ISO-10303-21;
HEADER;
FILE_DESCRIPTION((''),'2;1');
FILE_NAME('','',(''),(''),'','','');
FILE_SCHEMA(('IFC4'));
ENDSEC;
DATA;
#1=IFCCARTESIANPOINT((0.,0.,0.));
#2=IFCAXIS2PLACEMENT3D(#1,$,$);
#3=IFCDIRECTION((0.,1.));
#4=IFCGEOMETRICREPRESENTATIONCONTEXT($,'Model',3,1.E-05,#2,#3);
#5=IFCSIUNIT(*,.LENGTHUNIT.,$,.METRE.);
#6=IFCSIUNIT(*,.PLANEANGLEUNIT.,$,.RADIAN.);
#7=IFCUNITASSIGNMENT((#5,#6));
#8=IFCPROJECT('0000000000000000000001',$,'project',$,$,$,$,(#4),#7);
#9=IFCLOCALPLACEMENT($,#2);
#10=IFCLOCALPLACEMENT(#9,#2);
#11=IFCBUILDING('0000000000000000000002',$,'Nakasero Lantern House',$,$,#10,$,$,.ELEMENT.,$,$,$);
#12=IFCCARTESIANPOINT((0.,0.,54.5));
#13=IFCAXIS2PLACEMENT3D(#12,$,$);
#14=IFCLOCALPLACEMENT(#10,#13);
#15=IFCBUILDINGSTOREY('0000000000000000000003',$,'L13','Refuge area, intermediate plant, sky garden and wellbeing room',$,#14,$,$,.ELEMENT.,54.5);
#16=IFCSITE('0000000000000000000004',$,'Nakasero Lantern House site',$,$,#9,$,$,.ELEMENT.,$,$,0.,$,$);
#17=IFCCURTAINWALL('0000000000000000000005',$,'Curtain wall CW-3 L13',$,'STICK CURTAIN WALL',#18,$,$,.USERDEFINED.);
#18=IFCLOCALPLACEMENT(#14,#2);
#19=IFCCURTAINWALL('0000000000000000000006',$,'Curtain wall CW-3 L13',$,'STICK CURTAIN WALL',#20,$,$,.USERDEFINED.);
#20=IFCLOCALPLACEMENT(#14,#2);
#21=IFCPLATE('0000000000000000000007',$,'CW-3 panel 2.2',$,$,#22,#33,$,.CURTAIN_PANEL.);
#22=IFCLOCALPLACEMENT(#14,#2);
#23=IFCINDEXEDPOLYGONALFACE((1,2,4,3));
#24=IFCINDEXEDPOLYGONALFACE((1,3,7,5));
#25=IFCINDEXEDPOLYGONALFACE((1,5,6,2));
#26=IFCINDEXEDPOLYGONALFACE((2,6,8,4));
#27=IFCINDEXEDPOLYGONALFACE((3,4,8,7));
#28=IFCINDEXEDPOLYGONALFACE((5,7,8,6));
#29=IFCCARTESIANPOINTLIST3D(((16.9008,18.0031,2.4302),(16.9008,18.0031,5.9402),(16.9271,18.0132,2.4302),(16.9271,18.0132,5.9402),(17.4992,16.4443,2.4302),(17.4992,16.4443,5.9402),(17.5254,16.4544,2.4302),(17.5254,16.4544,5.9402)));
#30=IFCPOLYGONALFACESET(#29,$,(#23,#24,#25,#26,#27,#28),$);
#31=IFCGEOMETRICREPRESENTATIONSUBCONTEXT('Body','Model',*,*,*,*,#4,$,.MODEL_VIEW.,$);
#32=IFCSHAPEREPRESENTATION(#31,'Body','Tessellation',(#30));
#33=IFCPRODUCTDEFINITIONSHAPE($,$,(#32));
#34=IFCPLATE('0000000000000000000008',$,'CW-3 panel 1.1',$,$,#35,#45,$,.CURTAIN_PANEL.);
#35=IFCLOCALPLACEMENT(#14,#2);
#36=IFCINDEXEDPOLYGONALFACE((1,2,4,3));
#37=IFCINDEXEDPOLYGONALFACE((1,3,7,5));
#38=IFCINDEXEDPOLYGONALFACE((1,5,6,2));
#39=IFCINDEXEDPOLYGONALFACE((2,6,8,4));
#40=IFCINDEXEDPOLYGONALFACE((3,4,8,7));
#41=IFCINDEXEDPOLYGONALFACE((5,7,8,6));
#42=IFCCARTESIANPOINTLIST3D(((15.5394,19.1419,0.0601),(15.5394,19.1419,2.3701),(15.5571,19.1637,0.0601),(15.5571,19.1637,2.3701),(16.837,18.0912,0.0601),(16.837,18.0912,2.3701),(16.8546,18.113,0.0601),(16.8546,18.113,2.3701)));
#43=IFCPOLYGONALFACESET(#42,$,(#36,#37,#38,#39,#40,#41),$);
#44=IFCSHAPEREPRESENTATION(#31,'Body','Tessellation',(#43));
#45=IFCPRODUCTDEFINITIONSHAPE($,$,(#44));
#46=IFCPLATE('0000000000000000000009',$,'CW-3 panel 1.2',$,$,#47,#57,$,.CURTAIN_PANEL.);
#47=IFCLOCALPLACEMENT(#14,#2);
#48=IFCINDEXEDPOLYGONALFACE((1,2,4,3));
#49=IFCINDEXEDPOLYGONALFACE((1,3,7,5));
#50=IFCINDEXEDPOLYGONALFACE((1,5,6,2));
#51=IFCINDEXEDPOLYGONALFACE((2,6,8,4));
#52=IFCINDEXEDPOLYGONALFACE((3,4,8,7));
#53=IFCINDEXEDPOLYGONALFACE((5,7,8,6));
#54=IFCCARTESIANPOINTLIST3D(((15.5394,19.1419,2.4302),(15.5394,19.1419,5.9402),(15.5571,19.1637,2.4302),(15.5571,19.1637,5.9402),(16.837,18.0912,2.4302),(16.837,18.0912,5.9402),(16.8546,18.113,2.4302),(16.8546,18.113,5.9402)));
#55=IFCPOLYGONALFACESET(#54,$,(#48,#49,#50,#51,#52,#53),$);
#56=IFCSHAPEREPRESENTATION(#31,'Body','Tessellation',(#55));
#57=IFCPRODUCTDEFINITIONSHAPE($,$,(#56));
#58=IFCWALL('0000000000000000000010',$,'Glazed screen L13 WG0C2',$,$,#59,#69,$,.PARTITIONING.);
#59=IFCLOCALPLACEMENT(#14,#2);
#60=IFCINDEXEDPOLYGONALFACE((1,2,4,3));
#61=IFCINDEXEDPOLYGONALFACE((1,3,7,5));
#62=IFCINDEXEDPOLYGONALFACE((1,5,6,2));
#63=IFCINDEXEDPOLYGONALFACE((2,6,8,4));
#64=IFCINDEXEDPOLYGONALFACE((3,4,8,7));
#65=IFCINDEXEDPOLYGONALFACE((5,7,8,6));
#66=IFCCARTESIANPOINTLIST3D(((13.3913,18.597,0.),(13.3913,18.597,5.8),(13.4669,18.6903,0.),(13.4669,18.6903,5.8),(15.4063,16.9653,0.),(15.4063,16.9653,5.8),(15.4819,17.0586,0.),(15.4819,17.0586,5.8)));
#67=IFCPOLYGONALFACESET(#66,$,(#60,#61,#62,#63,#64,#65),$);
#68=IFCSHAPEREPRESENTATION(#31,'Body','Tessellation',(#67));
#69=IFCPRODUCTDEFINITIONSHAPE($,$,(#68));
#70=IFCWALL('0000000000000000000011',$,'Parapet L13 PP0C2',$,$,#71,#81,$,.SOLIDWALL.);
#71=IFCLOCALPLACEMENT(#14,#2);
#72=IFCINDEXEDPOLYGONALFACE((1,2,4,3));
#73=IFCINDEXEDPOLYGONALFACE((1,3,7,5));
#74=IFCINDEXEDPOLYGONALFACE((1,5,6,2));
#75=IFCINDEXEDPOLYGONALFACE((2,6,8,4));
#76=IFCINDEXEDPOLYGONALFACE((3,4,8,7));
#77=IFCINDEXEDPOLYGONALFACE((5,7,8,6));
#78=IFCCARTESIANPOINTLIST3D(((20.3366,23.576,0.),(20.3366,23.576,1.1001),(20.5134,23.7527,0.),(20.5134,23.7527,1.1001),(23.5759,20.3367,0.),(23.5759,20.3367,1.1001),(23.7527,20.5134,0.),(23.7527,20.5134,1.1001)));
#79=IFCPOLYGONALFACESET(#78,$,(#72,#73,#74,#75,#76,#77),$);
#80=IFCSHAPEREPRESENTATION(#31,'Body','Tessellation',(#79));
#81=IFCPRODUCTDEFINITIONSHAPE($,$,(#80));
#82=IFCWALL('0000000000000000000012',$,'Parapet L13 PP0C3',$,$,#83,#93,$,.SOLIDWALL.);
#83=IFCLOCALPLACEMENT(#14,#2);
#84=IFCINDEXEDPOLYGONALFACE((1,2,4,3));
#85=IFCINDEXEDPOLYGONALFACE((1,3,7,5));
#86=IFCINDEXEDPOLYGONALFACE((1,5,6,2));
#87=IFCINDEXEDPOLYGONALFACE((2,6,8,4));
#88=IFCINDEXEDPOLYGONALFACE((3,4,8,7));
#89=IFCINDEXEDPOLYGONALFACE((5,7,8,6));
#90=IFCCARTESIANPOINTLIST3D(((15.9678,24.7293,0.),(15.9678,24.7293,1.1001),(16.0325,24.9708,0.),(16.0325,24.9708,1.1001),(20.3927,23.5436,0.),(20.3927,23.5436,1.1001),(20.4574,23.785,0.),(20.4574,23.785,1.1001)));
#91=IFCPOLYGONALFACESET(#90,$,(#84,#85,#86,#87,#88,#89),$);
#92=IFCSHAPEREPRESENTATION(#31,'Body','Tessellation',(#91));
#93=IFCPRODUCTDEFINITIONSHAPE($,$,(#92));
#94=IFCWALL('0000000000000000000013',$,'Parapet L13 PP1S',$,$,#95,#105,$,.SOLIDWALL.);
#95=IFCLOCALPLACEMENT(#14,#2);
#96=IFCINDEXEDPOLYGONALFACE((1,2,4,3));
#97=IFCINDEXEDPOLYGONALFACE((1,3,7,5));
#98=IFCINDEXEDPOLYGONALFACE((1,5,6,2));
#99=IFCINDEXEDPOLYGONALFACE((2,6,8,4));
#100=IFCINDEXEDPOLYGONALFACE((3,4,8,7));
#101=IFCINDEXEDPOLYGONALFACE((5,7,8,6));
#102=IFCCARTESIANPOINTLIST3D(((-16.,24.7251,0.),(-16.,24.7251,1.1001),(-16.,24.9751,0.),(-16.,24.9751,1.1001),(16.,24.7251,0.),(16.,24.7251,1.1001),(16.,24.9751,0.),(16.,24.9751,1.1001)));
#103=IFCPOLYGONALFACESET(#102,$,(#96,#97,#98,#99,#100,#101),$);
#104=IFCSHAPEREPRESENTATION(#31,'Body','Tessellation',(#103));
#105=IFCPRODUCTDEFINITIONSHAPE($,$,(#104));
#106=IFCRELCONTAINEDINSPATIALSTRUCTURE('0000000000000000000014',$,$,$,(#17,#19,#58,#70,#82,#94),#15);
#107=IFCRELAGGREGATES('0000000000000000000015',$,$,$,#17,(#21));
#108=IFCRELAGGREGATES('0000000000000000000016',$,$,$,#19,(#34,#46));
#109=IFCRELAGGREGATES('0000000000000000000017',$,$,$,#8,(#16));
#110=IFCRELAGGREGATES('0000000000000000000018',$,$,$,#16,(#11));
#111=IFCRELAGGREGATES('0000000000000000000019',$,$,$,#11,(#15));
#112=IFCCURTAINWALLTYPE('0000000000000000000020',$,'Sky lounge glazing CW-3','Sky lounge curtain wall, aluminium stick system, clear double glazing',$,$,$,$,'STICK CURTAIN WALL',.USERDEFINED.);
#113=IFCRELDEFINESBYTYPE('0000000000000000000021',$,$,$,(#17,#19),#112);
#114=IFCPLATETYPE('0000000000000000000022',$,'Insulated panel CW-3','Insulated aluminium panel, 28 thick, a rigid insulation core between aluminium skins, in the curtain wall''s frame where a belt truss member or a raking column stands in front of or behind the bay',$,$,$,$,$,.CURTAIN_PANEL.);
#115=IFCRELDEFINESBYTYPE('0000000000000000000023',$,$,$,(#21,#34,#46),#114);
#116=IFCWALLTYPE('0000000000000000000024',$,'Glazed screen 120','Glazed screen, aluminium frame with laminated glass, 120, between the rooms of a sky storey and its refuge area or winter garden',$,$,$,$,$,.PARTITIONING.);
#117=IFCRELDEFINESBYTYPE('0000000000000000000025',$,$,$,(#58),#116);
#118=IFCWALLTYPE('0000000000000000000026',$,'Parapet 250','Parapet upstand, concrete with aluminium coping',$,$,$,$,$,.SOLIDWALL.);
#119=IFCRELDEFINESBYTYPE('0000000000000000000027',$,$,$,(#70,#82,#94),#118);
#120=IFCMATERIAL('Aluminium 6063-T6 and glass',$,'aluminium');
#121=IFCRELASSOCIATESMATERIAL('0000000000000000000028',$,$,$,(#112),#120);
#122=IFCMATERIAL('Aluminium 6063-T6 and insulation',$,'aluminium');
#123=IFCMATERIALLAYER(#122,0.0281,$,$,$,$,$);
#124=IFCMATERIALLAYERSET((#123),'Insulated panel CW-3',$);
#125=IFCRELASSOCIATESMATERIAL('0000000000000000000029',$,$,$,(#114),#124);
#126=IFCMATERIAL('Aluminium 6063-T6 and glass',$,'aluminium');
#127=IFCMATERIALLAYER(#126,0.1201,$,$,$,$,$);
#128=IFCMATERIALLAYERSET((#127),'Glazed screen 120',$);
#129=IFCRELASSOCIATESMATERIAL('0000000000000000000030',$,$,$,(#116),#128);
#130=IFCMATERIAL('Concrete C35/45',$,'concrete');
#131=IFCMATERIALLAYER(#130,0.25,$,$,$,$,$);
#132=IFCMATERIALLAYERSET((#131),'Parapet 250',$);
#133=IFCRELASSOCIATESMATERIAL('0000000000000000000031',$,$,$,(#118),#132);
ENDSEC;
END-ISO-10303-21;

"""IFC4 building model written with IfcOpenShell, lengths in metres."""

from ifc_helpers import new_model, si_unit, direction, frame, frame_2d, origin, origin_2d, place, context, subcontext, project, spatial, rectangle, extrude, material, layer, layer_set, type_object, element, aggregate, save


model = new_model("IFC4")

# Units and contexts
model_context = context("Model", 3, precision=1e-05, world=origin(), true_north=direction((0.0, 1.0)))
body_context = subcontext(model_context, "Body", "Model", "MODEL_VIEW")
ifc_project = project(units=[si_unit("LENGTHUNIT", "METRE"), si_unit("PLANEANGLEUNIT", "RADIAN")], contexts=[model_context])

# Site, building, storey
site_placement = place(None, origin())
site = spatial("IfcSite", under=ifc_project, at=site_placement, Name="Nakasero Lantern House site", CompositionType="ELEMENT", RefElevation=0.0)
building_placement = place(site_placement, origin())
building = spatial("IfcBuilding", under=site, at=building_placement, Name="Nakasero Lantern House", CompositionType="ELEMENT")
storey_placement = place(building_placement, frame((0.0, 0.0, 54.5)))
storey = spatial("IfcBuildingStorey", under=building, at=storey_placement, Name="L13", Description="Refuge area, intermediate plant, sky garden and wellbeing room", CompositionType="ELEMENT", Elevation=54.5)

# Curtain wall
ifc_material_1 = material(Name="Aluminium 6063-T6 and glass", Category="aluminium")
curtain_wall_type = type_object("IfcCurtainWallType", Name="Sky lounge glazing CW-3", Description="Sky lounge curtain wall, aluminium stick system, clear double glazing", ElementType="STICK CURTAIN WALL", PredefinedType="USERDEFINED", material=ifc_material_1)
curtain_wall_1_placement = place(storey_placement, origin())
curtain_wall_1 = element("IfcCurtainWall", 1, at=curtain_wall_1_placement, inside=storey, type_object=curtain_wall_type, Name="Curtain wall CW-3 L13", ObjectType="STICK CURTAIN WALL", PredefinedType="USERDEFINED")

# Curtain wall
curtain_wall_2_placement = place(storey_placement, origin())
curtain_wall_2 = element("IfcCurtainWall", 2, at=curtain_wall_2_placement, inside=storey, type_object=curtain_wall_type, Name="Curtain wall CW-3 L13", ObjectType="STICK CURTAIN WALL", PredefinedType="USERDEFINED")

# Plates
ifc_material_2 = material(Name="Aluminium 6063-T6 and insulation", Category="aluminium")
ifc_layer_1 = layer(ifc_material_2, 0.0281)
ifc_layer_set_1 = layer_set([ifc_layer_1], Name="Insulated panel CW-3")
plate_type = type_object("IfcPlateType", Name="Insulated panel CW-3", Description="Insulated aluminium panel, 28 thick, a rigid insulation core between aluminium skins, in the curtain wall's frame where a belt truss member or a raking column stands in front of or behind the bay", PredefinedType="CURTAIN_PANEL", material=ifc_layer_set_1)
plate_1_placement = place(storey_placement, frame((17.2131, 17.2288, 2.4302), z_axis=(0.0, 0.0, 1.0), x_axis=(-0.358368, 0.93358, 0.0)))
plate_1 = element("IfcPlate", 3, at=plate_1_placement, type_object=plate_type, Name="CW-3 panel 2.2", PredefinedType="CURTAIN_PANEL", context=body_context, shape_type="SweptSolid", body=[
    extrude(rectangle(XDim=1.6697, YDim=0.0281, at=origin_2d()), origin(), (0.0, 0.0, 1.0), 3.51),
])
aggregate(curtain_wall_1, [plate_1])
plate_2_placement = place(storey_placement, frame((16.197, 18.6274, 0.0601), z_axis=(0.0, 0.0, 1.0), x_axis=(-0.777146, 0.62932, 0.0)))
plate_2 = element("IfcPlate", 4, at=plate_2_placement, type_object=plate_type, Name="CW-3 panel 1.1", PredefinedType="CURTAIN_PANEL", context=body_context, shape_type="SweptSolid", body=[
    extrude(rectangle(XDim=1.6697, YDim=0.0281, at=origin_2d()), origin(), (0.0, 0.0, 1.0), 2.3101),
])
plate_3_placement = place(storey_placement, frame((16.197, 18.6274, 2.4302), z_axis=(0.0, 0.0, 1.0), x_axis=(-0.777146, 0.62932, 0.0)))
plate_3 = element("IfcPlate", 5, at=plate_3_placement, type_object=plate_type, Name="CW-3 panel 1.2", PredefinedType="CURTAIN_PANEL", context=body_context, shape_type="SweptSolid", body=[
    extrude(rectangle(XDim=1.6697, YDim=0.0281, at=origin_2d()), origin(), (0.0, 0.0, 1.0), 3.51),
])
aggregate(curtain_wall_2, [plate_2, plate_3])

# Walls
ifc_material_3 = material(Name="Aluminium 6063-T6 and glass", Category="aluminium")
ifc_layer_2 = layer(ifc_material_3, 0.1201)
ifc_layer_set_2 = layer_set([ifc_layer_2], Name="Glazed screen 120")
wall_type_1 = type_object("IfcWallType", Name="Glazed screen 120", Description="Glazed screen, aluminium frame with laminated glass, 120, between the rooms of a sky storey and its refuge area or winter garden", PredefinedType="PARTITIONING", material=ifc_layer_set_2)
wall_1_placement = place(storey_placement, frame((15.4441, 17.012, 0.0), z_axis=(0.0, 0.0, 1.0), x_axis=(-0.777153, 0.629312, 0.0)))
element("IfcWall", 6, at=wall_1_placement, inside=storey, type_object=wall_type_1, Name="Glazed screen L13 WG0C2", PredefinedType="PARTITIONING", context=body_context, shape_type="SweptSolid", body=[
    extrude(rectangle(XDim=2.5928, YDim=0.1201, at=frame_2d((1.2964, 0.0))), origin(), (0.0, 0.0, 1.0), 5.8),
])
ifc_material_4 = material(Name="Concrete C35/45", Category="concrete")
ifc_layer_3 = layer(ifc_material_4, 0.25)
ifc_layer_set_3 = layer_set([ifc_layer_3], Name="Parapet 250")
wall_type_2 = type_object("IfcWallType", Name="Parapet 250", Description="Parapet upstand, concrete with aluminium coping", PredefinedType="SOLIDWALL", material=ifc_layer_set_3)
for number, where, z_axis, x_axis, name in (
    (7, (23.6643, 20.425, 0.0), (0.0, 0.0, 1.0), (-0.707107, 0.707107, 0.0), "Parapet L13 PP0C2"),
    (8, (20.425, 23.6643, 0.0), (0.0, 0.0, 1.0), (-0.96592, 0.25884, 0.0), "Parapet L13 PP0C3"),
):
    element("IfcWall", number, at=place(storey_placement, frame(where, z_axis=z_axis, x_axis=x_axis)), inside=storey, type_object=wall_type_2, Name=name, PredefinedType="SOLIDWALL", context=body_context, shape_type="SweptSolid", body=[
        extrude(rectangle(XDim=4.5811, YDim=0.25, at=frame_2d((2.2905, 0.0))), origin(), (0.0, 0.0, 1.0), 1.1001),
    ])
wall_2_placement = place(storey_placement, frame((16.0, 24.8501, 0.0), z_axis=(0.0, 0.0, 1.0), x_axis=(-1.0, 0.0, 0.0)))
element("IfcWall", 9, at=wall_2_placement, inside=storey, type_object=wall_type_2, Name="Parapet L13 PP1S", PredefinedType="SOLIDWALL", context=body_context, shape_type="SweptSolid", body=[
    extrude(rectangle(XDim=32.0, YDim=0.25, at=frame_2d((16.0, 0.0))), origin(), (0.0, 0.0, 1.0), 1.1001),
])

save(model, "model.ifc")
